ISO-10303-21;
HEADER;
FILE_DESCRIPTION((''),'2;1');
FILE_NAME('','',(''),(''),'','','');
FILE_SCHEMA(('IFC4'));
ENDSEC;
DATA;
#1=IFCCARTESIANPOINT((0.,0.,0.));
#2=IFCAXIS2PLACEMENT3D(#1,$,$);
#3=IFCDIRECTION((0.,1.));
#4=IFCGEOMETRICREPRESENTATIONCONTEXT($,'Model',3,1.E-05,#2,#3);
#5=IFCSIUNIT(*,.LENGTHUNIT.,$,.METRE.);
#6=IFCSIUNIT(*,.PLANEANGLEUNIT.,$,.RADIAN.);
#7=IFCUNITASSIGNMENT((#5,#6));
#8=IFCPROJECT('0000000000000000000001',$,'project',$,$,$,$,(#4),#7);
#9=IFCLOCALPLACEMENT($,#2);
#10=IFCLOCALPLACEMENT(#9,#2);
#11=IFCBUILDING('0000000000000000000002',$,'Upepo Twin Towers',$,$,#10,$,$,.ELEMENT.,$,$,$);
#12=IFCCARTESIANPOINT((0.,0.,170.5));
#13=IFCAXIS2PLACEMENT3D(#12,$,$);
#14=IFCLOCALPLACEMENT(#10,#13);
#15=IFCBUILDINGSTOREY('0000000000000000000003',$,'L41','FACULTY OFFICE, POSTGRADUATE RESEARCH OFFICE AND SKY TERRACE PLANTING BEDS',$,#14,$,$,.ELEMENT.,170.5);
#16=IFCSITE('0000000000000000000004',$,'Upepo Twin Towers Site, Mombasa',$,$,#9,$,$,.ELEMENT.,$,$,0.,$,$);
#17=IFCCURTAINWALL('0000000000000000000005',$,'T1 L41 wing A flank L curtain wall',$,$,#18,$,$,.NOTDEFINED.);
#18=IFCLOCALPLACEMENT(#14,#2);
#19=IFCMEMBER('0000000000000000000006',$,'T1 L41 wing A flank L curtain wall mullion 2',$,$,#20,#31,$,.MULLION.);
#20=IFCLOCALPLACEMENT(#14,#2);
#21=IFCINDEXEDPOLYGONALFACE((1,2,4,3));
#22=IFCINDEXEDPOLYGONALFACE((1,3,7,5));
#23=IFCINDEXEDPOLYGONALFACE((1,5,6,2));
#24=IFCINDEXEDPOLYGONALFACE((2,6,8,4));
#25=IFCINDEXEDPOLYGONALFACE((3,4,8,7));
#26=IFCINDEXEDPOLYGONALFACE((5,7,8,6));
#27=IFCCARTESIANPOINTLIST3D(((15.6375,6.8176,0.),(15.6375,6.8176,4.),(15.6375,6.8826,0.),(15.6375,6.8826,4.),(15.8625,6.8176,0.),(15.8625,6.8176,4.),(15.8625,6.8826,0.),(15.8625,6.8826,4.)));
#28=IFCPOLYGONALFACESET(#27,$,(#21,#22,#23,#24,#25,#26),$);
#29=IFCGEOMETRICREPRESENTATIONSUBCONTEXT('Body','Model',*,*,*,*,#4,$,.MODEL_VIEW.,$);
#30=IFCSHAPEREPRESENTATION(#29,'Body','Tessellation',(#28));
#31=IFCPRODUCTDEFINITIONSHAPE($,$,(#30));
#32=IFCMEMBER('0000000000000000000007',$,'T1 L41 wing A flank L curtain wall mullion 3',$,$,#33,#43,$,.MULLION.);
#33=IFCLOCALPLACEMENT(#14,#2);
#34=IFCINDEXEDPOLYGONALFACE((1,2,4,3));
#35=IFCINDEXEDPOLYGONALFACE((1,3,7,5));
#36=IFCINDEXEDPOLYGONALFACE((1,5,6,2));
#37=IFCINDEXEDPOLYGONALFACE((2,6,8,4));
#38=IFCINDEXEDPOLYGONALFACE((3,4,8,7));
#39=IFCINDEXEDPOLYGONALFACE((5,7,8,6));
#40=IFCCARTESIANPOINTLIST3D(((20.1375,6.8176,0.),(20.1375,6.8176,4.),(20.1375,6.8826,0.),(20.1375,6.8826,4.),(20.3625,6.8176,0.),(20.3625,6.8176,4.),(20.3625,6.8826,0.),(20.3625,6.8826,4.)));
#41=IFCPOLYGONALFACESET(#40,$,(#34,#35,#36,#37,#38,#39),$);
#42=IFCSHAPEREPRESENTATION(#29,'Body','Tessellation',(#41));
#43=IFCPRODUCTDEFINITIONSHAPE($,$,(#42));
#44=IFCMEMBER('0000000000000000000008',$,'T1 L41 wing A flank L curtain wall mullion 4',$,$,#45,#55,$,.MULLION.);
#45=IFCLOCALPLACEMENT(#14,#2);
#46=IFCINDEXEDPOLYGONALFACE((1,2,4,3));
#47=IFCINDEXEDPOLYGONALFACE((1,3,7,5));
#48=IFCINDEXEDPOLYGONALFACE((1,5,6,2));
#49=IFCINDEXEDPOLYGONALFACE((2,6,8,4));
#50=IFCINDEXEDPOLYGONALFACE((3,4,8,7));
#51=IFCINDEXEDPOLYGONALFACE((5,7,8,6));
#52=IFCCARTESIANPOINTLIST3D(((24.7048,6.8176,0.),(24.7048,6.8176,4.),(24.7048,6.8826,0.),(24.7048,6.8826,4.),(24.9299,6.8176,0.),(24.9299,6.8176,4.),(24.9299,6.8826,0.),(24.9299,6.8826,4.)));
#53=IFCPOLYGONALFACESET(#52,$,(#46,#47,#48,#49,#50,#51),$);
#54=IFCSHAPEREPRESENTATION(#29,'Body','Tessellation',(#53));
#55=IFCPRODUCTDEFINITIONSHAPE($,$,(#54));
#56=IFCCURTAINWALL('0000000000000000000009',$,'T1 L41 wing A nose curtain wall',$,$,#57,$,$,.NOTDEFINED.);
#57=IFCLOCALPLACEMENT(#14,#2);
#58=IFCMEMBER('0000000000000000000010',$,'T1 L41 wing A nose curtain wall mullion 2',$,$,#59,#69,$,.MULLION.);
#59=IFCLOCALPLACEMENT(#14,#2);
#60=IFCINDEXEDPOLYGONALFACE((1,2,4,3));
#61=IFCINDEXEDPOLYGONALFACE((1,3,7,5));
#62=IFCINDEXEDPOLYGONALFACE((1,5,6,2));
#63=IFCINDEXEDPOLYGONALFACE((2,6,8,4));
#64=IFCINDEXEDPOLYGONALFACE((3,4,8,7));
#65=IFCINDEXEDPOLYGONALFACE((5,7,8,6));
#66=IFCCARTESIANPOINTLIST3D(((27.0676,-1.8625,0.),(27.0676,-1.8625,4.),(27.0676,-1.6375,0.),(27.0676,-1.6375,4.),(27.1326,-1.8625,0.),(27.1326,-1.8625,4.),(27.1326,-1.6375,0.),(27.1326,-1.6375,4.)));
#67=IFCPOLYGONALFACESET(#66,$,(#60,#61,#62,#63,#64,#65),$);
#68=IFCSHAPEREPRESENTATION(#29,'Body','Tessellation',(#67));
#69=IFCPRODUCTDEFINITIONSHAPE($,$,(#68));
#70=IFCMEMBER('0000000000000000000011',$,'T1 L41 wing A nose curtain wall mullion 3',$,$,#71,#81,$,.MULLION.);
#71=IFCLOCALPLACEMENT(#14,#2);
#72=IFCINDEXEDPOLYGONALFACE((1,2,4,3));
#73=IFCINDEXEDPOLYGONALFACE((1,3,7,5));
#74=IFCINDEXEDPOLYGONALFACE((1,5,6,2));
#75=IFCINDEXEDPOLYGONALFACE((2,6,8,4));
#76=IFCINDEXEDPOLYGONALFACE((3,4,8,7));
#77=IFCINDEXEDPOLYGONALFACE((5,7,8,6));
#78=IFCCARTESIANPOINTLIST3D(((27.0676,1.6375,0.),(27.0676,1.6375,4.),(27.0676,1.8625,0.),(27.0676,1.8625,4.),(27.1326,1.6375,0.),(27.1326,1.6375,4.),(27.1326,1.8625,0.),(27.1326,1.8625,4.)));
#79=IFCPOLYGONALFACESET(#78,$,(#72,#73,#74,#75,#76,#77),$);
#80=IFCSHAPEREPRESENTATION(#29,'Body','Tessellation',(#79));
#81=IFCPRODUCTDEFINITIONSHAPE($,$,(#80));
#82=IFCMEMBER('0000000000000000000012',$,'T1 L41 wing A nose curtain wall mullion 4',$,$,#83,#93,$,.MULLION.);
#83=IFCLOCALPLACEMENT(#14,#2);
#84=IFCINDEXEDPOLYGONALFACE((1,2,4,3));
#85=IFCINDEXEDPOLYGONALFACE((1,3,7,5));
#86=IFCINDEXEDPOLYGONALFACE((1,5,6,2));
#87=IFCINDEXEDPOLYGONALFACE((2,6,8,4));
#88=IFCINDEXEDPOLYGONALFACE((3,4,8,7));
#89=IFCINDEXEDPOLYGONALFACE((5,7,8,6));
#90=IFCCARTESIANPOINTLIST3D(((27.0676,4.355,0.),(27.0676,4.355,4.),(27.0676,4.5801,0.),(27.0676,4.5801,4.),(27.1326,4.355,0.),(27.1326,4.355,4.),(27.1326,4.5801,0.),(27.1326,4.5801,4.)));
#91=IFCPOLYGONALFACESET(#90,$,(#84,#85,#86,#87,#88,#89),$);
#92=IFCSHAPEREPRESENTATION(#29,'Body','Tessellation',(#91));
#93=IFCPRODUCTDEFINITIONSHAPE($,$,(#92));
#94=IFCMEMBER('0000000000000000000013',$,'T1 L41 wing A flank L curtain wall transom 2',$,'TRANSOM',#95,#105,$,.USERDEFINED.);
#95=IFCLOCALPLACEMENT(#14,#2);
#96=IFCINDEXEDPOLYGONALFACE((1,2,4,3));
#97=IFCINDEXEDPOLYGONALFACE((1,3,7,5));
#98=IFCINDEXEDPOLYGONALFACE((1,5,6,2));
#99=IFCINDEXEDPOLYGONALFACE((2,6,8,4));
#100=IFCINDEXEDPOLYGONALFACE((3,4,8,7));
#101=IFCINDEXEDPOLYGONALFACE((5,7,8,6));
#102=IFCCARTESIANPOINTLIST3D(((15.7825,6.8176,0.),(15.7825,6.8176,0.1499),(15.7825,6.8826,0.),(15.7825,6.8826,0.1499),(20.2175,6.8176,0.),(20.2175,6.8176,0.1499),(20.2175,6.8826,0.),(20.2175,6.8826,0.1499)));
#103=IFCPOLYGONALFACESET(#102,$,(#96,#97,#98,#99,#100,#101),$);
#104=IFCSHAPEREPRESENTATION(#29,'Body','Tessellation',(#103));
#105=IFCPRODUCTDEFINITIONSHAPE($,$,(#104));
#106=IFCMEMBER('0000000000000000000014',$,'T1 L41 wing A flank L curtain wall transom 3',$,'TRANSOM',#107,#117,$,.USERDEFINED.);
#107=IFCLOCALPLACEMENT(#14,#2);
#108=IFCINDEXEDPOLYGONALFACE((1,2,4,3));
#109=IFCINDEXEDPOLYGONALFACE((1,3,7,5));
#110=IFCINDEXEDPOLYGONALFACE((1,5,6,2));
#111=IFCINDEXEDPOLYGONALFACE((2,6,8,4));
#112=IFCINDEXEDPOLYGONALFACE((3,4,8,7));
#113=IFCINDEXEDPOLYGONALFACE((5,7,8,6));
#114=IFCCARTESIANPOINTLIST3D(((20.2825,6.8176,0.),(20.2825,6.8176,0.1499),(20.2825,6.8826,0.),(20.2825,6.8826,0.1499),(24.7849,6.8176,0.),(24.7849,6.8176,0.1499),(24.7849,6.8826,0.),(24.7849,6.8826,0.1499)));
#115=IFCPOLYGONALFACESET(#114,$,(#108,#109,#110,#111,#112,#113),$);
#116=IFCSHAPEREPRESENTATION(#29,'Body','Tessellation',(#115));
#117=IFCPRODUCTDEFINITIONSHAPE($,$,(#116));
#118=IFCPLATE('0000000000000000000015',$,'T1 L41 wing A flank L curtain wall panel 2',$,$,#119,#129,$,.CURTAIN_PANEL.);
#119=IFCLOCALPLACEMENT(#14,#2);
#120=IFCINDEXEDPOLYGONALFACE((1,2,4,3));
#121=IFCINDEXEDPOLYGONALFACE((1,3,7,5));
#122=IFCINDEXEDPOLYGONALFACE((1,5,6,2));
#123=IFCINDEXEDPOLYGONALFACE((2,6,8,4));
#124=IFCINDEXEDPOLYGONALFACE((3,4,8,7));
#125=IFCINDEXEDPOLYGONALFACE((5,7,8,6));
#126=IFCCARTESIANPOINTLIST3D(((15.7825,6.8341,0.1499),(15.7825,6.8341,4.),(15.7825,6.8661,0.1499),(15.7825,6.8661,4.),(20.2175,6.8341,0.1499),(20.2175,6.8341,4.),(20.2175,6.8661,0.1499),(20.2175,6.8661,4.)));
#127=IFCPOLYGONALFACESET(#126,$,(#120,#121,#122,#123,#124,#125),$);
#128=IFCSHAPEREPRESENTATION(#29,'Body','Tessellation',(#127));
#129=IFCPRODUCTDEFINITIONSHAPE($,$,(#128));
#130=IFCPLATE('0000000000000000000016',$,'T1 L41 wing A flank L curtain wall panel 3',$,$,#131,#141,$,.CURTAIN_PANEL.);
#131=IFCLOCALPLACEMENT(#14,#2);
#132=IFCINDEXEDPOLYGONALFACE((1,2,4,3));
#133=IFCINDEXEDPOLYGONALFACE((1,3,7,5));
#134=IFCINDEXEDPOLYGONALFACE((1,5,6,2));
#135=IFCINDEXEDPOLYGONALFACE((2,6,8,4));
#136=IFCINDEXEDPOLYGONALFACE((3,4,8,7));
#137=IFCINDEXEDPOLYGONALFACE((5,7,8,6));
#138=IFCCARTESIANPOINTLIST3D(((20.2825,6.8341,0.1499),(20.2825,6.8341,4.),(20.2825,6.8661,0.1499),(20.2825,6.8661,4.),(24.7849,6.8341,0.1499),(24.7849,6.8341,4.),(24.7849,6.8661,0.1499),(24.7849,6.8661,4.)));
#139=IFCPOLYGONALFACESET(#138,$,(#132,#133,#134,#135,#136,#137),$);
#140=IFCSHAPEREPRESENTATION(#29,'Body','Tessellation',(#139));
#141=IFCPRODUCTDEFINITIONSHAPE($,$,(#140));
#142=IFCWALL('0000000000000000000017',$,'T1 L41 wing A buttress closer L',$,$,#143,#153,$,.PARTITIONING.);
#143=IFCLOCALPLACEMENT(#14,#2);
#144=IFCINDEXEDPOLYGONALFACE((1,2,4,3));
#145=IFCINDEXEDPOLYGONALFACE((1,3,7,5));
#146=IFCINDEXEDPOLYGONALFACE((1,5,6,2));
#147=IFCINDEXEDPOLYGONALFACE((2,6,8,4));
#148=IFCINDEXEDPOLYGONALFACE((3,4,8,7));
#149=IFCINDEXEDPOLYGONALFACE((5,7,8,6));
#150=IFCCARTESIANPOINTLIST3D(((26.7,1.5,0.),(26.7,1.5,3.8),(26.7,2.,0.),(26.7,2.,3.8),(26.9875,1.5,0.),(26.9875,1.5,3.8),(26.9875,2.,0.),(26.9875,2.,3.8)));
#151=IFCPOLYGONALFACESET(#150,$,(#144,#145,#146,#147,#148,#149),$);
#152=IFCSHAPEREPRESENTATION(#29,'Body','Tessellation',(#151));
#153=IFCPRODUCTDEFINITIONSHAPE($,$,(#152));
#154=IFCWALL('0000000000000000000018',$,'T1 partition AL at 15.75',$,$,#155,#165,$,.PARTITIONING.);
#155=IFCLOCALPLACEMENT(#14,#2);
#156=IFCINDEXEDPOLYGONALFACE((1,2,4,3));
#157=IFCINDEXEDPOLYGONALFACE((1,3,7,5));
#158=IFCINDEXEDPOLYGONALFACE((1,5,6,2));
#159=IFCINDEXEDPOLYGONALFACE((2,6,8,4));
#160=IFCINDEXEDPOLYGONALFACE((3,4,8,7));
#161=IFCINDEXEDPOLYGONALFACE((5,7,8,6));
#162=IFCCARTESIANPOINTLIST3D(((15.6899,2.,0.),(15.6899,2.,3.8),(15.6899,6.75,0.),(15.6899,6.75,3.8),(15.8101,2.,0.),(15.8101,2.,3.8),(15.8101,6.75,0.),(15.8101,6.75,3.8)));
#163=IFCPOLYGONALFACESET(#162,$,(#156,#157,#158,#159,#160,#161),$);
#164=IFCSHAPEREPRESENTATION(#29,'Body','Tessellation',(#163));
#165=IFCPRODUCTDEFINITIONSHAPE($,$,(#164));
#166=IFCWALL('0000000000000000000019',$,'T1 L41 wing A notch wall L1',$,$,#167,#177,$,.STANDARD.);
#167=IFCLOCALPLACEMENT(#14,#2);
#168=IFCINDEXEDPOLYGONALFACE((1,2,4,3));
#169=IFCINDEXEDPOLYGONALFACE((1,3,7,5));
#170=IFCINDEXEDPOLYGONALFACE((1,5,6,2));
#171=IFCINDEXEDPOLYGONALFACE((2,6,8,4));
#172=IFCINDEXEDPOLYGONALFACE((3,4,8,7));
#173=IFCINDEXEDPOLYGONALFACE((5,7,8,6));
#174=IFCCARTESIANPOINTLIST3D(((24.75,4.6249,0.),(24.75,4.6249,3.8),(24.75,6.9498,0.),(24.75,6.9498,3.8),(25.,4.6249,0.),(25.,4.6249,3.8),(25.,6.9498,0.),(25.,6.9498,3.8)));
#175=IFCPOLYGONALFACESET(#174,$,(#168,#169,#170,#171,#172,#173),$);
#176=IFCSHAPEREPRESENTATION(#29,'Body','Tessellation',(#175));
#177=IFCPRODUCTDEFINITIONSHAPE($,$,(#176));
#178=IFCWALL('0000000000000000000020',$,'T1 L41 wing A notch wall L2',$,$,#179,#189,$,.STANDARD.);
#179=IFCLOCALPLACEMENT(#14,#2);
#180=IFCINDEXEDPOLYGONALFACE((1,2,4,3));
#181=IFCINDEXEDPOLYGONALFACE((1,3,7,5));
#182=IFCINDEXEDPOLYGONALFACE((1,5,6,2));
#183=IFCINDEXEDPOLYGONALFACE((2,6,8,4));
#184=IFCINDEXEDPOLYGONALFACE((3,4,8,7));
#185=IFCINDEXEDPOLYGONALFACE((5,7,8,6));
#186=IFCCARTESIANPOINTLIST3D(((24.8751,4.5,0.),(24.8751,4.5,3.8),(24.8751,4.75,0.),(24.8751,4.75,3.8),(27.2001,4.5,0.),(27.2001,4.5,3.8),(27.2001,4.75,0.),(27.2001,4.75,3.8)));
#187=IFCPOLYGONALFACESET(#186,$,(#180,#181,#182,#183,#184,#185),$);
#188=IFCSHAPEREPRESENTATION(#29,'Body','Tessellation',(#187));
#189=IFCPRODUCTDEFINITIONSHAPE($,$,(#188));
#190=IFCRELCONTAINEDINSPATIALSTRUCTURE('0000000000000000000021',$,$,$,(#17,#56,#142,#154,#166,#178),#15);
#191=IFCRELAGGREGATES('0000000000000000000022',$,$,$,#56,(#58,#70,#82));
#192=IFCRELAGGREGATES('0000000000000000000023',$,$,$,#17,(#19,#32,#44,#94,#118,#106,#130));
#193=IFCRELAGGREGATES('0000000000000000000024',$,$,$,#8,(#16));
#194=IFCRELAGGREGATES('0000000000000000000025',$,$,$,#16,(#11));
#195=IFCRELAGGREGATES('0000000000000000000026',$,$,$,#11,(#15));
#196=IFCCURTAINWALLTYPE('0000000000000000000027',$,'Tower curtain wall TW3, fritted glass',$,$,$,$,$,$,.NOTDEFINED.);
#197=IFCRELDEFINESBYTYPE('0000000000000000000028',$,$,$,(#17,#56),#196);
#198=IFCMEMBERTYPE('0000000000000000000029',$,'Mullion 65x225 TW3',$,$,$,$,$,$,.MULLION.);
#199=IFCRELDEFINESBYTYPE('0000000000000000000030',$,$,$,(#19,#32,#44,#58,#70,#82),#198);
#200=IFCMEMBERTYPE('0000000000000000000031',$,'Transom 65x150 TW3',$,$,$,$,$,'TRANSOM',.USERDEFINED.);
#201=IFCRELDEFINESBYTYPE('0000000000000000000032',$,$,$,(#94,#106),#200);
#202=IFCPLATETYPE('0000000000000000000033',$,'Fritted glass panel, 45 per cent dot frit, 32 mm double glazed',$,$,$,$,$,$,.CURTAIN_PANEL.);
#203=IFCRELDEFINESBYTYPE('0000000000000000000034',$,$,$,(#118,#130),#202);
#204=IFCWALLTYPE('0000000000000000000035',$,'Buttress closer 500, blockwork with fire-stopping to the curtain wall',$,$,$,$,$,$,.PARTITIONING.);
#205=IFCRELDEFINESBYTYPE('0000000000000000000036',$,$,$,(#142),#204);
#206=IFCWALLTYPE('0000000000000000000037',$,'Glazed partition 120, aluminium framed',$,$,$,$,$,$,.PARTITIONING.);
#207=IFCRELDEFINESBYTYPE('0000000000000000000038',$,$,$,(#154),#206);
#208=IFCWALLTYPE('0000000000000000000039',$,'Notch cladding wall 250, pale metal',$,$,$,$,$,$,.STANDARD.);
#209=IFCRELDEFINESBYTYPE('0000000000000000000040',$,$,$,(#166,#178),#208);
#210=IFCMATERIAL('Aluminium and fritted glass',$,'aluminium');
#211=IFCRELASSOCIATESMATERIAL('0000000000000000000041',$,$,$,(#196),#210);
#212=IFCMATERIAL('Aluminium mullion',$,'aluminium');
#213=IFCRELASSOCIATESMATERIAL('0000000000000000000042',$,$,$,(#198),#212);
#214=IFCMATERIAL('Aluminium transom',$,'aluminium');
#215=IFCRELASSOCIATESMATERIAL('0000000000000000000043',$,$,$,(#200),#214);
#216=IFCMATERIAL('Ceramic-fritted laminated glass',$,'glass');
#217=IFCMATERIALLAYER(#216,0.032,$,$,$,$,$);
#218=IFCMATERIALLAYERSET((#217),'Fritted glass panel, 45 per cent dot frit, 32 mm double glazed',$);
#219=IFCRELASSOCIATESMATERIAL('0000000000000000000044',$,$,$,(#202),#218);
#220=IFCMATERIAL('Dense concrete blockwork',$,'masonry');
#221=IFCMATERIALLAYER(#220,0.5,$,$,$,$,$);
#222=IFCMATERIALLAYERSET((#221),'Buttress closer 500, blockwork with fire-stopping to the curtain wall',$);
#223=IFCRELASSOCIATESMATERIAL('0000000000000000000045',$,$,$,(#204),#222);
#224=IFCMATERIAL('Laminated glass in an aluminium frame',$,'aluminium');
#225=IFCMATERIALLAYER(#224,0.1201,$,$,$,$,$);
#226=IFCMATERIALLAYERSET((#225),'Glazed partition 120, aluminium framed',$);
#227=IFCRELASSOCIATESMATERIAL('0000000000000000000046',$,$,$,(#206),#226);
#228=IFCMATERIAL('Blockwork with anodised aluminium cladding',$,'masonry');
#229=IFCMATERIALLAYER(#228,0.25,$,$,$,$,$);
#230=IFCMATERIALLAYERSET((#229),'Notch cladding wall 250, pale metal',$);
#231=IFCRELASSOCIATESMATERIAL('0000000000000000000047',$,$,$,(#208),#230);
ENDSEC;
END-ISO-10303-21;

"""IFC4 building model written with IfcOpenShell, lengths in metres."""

from ifc_helpers import new_model, si_unit, direction, frame, frame_2d, origin, origin_2d, place, context, subcontext, project, spatial, rectangle, extrude, material, layer, layer_set, material_profile, profile_set, type_object, element, aggregate, save


model = new_model("IFC4")

# Units and contexts
model_context = context("Model", 3, precision=1e-05, world=origin(), true_north=direction((0.0, 1.0)))
body_context = subcontext(model_context, "Body", "Model", "MODEL_VIEW")
ifc_project = project(units=[si_unit("LENGTHUNIT", "METRE"), si_unit("PLANEANGLEUNIT", "RADIAN")], contexts=[model_context])

# Site, building, storey
site_placement = place(None, origin())
site = spatial("IfcSite", under=ifc_project, at=site_placement, Name="Upepo Twin Towers Site, Mombasa", CompositionType="ELEMENT", RefElevation=0.0)
building_placement = place(site_placement, origin())
building = spatial("IfcBuilding", under=site, at=building_placement, Name="Upepo Twin Towers", CompositionType="ELEMENT")
storey_placement = place(building_placement, frame((0.0, 0.0, 170.5)))
storey = spatial("IfcBuildingStorey", under=building, at=storey_placement, Name="L41", Description="FACULTY OFFICE, POSTGRADUATE RESEARCH OFFICE AND SKY TERRACE PLANTING BEDS", CompositionType="ELEMENT", Elevation=170.5)

# Curtain walls, members
ifc_material_1 = material(Name="Aluminium and fritted glass", Category="aluminium")
curtain_wall_type = type_object("IfcCurtainWallType", Name="Tower curtain wall TW3, fritted glass", PredefinedType="NOTDEFINED", material=ifc_material_1)
curtain_wall_1_placement = place(storey_placement, origin())
curtain_wall_1 = element("IfcCurtainWall", 1, at=curtain_wall_1_placement, inside=storey, type_object=curtain_wall_type, Name="T1 L41 wing A flank L curtain wall", PredefinedType="NOTDEFINED")
ifc_material_2 = material(Name="Aluminium mullion", Category="aluminium")
ifc_material_profile_1 = material_profile(ifc_material_2, rectangle(XDim=0.0649, YDim=0.2251, at=origin_2d()), Name="MULLION 65x225")
ifc_profile_set_1 = profile_set([ifc_material_profile_1], Name="Aluminium mullion")
member_type_1 = type_object("IfcMemberType", Name="Mullion 65x225 TW3", PredefinedType="MULLION", material=ifc_profile_set_1)
member_1_placement = place(storey_placement, frame((15.75, 6.8501, 0.0), z_axis=(0.0, 0.0, 1.0), x_axis=(0.0, 1.0, 0.0)))
member_1 = element("IfcMember", 2, at=member_1_placement, type_object=member_type_1, Name="T1 L41 wing A flank L curtain wall mullion 2", PredefinedType="MULLION", context=body_context, shape_type="SweptSolid", body=[
    extrude(rectangle(XDim=0.0649, YDim=0.2251, at=origin_2d()), origin(), (0.0, 0.0, 1.0), 4.0),
])
member_2_placement = place(storey_placement, frame((20.25, 6.8501, 0.0), z_axis=(0.0, 0.0, 1.0), x_axis=(0.0, 1.0, 0.0)))
member_2 = element("IfcMember", 3, at=member_2_placement, type_object=member_type_1, Name="T1 L41 wing A flank L curtain wall mullion 3", PredefinedType="MULLION", context=body_context, shape_type="SweptSolid", body=[
    extrude(rectangle(XDim=0.0649, YDim=0.2251, at=origin_2d()), origin(), (0.0, 0.0, 1.0), 4.0),
])
member_3_placement = place(storey_placement, frame((24.8174, 6.8501, 0.0), z_axis=(0.0, 0.0, 1.0), x_axis=(0.0, 1.0, 0.0)))
member_3 = element("IfcMember", 4, at=member_3_placement, type_object=member_type_1, Name="T1 L41 wing A flank L curtain wall mullion 4", PredefinedType="MULLION", context=body_context, shape_type="SweptSolid", body=[
    extrude(rectangle(XDim=0.0649, YDim=0.2251, at=origin_2d()), origin(), (0.0, 0.0, 1.0), 4.0),
])
curtain_wall_2_placement = place(storey_placement, origin())
curtain_wall_2 = element("IfcCurtainWall", 5, at=curtain_wall_2_placement, inside=storey, type_object=curtain_wall_type, Name="T1 L41 wing A nose curtain wall", PredefinedType="NOTDEFINED")
member_4_placement = place(storey_placement, frame((27.1001, -1.75, 0.0), z_axis=(0.0, 0.0, 1.0), x_axis=(-1.0, 0.0, 0.0)))
member_4 = element("IfcMember", 6, at=member_4_placement, type_object=member_type_1, Name="T1 L41 wing A nose curtain wall mullion 2", PredefinedType="MULLION", context=body_context, shape_type="SweptSolid", body=[
    extrude(rectangle(XDim=0.0649, YDim=0.2251, at=origin_2d()), origin(), (0.0, 0.0, 1.0), 4.0),
])
member_5_placement = place(storey_placement, frame((27.1001, 1.75, 0.0), z_axis=(0.0, 0.0, 1.0), x_axis=(-1.0, 0.0, 0.0)))
member_5 = element("IfcMember", 7, at=member_5_placement, type_object=member_type_1, Name="T1 L41 wing A nose curtain wall mullion 3", PredefinedType="MULLION", context=body_context, shape_type="SweptSolid", body=[
    extrude(rectangle(XDim=0.0649, YDim=0.2251, at=origin_2d()), origin(), (0.0, 0.0, 1.0), 4.0),
])
member_6_placement = place(storey_placement, frame((27.1001, 4.4675, 0.0), z_axis=(0.0, 0.0, 1.0), x_axis=(-1.0, 0.0, 0.0)))
member_6 = element("IfcMember", 8, at=member_6_placement, type_object=member_type_1, Name="T1 L41 wing A nose curtain wall mullion 4", PredefinedType="MULLION", context=body_context, shape_type="SweptSolid", body=[
    extrude(rectangle(XDim=0.0649, YDim=0.2251, at=origin_2d()), origin(), (0.0, 0.0, 1.0), 4.0),
])
aggregate(curtain_wall_2, [member_4, member_5, member_6])

# Members
ifc_material_3 = material(Name="Aluminium transom", Category="aluminium")
ifc_material_profile_2 = material_profile(ifc_material_3, rectangle(XDim=0.0649, YDim=0.1499, at=origin_2d()), Name="TRANSOM 65x150")
ifc_profile_set_2 = profile_set([ifc_material_profile_2], Name="Aluminium transom")
member_type_2 = type_object("IfcMemberType", Name="Transom 65x150 TW3", ElementType="TRANSOM", PredefinedType="USERDEFINED", material=ifc_profile_set_2)
member_7_placement = place(storey_placement, frame((15.7825, 6.8501, 0.075), z_axis=(1.0, 0.0, 0.0), x_axis=(0.0, 1.0, 0.0)))
member_7 = element("IfcMember", 9, at=member_7_placement, type_object=member_type_2, Name="T1 L41 wing A flank L curtain wall transom 2", ObjectType="TRANSOM", PredefinedType="USERDEFINED", context=body_context, shape_type="SweptSolid", body=[
    extrude(rectangle(XDim=0.0649, YDim=0.1499, at=origin_2d()), origin(), (0.0, 0.0, 1.0), 4.4351),
])
member_8_placement = place(storey_placement, frame((20.2825, 6.8501, 0.075), z_axis=(1.0, 0.0, 0.0), x_axis=(0.0, 1.0, 0.0)))
member_8 = element("IfcMember", 10, at=member_8_placement, type_object=member_type_2, Name="T1 L41 wing A flank L curtain wall transom 3", ObjectType="TRANSOM", PredefinedType="USERDEFINED", context=body_context, shape_type="SweptSolid", body=[
    extrude(rectangle(XDim=0.0649, YDim=0.1499, at=origin_2d()), origin(), (0.0, 0.0, 1.0), 4.5024),
])

# Plates
ifc_material_4 = material(Name="Ceramic-fritted laminated glass", Category="glass")
ifc_layer_1 = layer(ifc_material_4, 0.032)
ifc_layer_set_1 = layer_set([ifc_layer_1], Name="Fritted glass panel, 45 per cent dot frit, 32 mm double glazed")
plate_type = type_object("IfcPlateType", Name="Fritted glass panel, 45 per cent dot frit, 32 mm double glazed", PredefinedType="CURTAIN_PANEL", material=ifc_layer_set_1)
plate_1_placement = place(storey_placement, frame((18.0, 6.8501, 0.1499), z_axis=(0.0, 0.0, 1.0), x_axis=(1.0, 0.0, 0.0)))
plate_1 = element("IfcPlate", 11, at=plate_1_placement, type_object=plate_type, Name="T1 L41 wing A flank L curtain wall panel 2", PredefinedType="CURTAIN_PANEL", context=body_context, shape_type="SweptSolid", body=[
    extrude(rectangle(XDim=4.4351, YDim=0.032, at=origin_2d()), origin(), (0.0, 0.0, 1.0), 3.8501),
])
plate_2_placement = place(storey_placement, frame((22.5337, 6.8501, 0.1499), z_axis=(0.0, 0.0, 1.0), x_axis=(1.0, 0.0, 0.0)))
plate_2 = element("IfcPlate", 12, at=plate_2_placement, type_object=plate_type, Name="T1 L41 wing A flank L curtain wall panel 3", PredefinedType="CURTAIN_PANEL", context=body_context, shape_type="SweptSolid", body=[
    extrude(rectangle(XDim=4.5024, YDim=0.032, at=origin_2d()), origin(), (0.0, 0.0, 1.0), 3.8501),
])
aggregate(curtain_wall_1, [member_1, member_2, member_3, member_7, plate_1, member_8, plate_2])

# Walls
ifc_material_5 = material(Name="Dense concrete blockwork", Category="masonry")
ifc_layer_2 = layer(ifc_material_5, 0.5)
ifc_layer_set_2 = layer_set([ifc_layer_2], Name="Buttress closer 500, blockwork with fire-stopping to the curtain wall")
wall_type_1 = type_object("IfcWallType", Name="Buttress closer 500, blockwork with fire-stopping to the curtain wall", PredefinedType="PARTITIONING", material=ifc_layer_set_2)
wall_1_placement = place(storey_placement, frame((26.7, 1.75, 0.0), z_axis=(0.0, 0.0, 1.0), x_axis=(1.0, 0.0, 0.0)))
element("IfcWall", 13, at=wall_1_placement, inside=storey, type_object=wall_type_1, Name="T1 L41 wing A buttress closer L", PredefinedType="PARTITIONING", context=body_context, shape_type="SweptSolid", body=[
    extrude(rectangle(XDim=0.2876, YDim=0.5, at=frame_2d((0.1438, 0.0))), origin(), (0.0, 0.0, 1.0), 3.8),
])
ifc_material_6 = material(Name="Laminated glass in an aluminium frame", Category="aluminium")
ifc_layer_3 = layer(ifc_material_6, 0.1201)
ifc_layer_set_3 = layer_set([ifc_layer_3], Name="Glazed partition 120, aluminium framed")
wall_type_2 = type_object("IfcWallType", Name="Glazed partition 120, aluminium framed", PredefinedType="PARTITIONING", material=ifc_layer_set_3)
wall_2_placement = place(storey_placement, frame((15.75, 2.0, 0.0), z_axis=(0.0, 0.0, 1.0), x_axis=(0.0, 1.0, 0.0)))
element("IfcWall", 14, at=wall_2_placement, inside=storey, type_object=wall_type_2, Name="T1 partition AL at 15.75", PredefinedType="PARTITIONING", context=body_context, shape_type="SweptSolid", body=[
    extrude(rectangle(XDim=4.75, YDim=0.1201, at=frame_2d((2.375, 0.0))), origin(), (0.0, 0.0, 1.0), 3.8),
])
ifc_material_7 = material(Name="Blockwork with anodised aluminium cladding", Category="masonry")
ifc_layer_4 = layer(ifc_material_7, 0.25)
ifc_layer_set_4 = layer_set([ifc_layer_4], Name="Notch cladding wall 250, pale metal")
wall_type_3 = type_object("IfcWallType", Name="Notch cladding wall 250, pale metal", PredefinedType="STANDARD", material=ifc_layer_set_4)
for number, where, z_axis, x_axis, name in (
    (15, (24.875, 6.95, 0.0), (0.0, 0.0, 1.0), (0.0, -1.0, 0.0), "T1 L41 wing A notch wall L1"),
    (16, (24.875, 4.625, 0.0), (0.0, 0.0, 1.0), (1.0, 0.0, 0.0), "T1 L41 wing A notch wall L2"),
):
    element("IfcWall", number, at=place(storey_placement, frame(where, z_axis=z_axis, x_axis=x_axis)), inside=storey, type_object=wall_type_3, Name=name, PredefinedType="STANDARD", context=body_context, shape_type="SweptSolid", body=[
        extrude(rectangle(XDim=2.325, YDim=0.25, at=frame_2d((1.1626, 0.0))), origin(), (0.0, 0.0, 1.0), 3.8),
    ])

save(model, "model.ifc")
